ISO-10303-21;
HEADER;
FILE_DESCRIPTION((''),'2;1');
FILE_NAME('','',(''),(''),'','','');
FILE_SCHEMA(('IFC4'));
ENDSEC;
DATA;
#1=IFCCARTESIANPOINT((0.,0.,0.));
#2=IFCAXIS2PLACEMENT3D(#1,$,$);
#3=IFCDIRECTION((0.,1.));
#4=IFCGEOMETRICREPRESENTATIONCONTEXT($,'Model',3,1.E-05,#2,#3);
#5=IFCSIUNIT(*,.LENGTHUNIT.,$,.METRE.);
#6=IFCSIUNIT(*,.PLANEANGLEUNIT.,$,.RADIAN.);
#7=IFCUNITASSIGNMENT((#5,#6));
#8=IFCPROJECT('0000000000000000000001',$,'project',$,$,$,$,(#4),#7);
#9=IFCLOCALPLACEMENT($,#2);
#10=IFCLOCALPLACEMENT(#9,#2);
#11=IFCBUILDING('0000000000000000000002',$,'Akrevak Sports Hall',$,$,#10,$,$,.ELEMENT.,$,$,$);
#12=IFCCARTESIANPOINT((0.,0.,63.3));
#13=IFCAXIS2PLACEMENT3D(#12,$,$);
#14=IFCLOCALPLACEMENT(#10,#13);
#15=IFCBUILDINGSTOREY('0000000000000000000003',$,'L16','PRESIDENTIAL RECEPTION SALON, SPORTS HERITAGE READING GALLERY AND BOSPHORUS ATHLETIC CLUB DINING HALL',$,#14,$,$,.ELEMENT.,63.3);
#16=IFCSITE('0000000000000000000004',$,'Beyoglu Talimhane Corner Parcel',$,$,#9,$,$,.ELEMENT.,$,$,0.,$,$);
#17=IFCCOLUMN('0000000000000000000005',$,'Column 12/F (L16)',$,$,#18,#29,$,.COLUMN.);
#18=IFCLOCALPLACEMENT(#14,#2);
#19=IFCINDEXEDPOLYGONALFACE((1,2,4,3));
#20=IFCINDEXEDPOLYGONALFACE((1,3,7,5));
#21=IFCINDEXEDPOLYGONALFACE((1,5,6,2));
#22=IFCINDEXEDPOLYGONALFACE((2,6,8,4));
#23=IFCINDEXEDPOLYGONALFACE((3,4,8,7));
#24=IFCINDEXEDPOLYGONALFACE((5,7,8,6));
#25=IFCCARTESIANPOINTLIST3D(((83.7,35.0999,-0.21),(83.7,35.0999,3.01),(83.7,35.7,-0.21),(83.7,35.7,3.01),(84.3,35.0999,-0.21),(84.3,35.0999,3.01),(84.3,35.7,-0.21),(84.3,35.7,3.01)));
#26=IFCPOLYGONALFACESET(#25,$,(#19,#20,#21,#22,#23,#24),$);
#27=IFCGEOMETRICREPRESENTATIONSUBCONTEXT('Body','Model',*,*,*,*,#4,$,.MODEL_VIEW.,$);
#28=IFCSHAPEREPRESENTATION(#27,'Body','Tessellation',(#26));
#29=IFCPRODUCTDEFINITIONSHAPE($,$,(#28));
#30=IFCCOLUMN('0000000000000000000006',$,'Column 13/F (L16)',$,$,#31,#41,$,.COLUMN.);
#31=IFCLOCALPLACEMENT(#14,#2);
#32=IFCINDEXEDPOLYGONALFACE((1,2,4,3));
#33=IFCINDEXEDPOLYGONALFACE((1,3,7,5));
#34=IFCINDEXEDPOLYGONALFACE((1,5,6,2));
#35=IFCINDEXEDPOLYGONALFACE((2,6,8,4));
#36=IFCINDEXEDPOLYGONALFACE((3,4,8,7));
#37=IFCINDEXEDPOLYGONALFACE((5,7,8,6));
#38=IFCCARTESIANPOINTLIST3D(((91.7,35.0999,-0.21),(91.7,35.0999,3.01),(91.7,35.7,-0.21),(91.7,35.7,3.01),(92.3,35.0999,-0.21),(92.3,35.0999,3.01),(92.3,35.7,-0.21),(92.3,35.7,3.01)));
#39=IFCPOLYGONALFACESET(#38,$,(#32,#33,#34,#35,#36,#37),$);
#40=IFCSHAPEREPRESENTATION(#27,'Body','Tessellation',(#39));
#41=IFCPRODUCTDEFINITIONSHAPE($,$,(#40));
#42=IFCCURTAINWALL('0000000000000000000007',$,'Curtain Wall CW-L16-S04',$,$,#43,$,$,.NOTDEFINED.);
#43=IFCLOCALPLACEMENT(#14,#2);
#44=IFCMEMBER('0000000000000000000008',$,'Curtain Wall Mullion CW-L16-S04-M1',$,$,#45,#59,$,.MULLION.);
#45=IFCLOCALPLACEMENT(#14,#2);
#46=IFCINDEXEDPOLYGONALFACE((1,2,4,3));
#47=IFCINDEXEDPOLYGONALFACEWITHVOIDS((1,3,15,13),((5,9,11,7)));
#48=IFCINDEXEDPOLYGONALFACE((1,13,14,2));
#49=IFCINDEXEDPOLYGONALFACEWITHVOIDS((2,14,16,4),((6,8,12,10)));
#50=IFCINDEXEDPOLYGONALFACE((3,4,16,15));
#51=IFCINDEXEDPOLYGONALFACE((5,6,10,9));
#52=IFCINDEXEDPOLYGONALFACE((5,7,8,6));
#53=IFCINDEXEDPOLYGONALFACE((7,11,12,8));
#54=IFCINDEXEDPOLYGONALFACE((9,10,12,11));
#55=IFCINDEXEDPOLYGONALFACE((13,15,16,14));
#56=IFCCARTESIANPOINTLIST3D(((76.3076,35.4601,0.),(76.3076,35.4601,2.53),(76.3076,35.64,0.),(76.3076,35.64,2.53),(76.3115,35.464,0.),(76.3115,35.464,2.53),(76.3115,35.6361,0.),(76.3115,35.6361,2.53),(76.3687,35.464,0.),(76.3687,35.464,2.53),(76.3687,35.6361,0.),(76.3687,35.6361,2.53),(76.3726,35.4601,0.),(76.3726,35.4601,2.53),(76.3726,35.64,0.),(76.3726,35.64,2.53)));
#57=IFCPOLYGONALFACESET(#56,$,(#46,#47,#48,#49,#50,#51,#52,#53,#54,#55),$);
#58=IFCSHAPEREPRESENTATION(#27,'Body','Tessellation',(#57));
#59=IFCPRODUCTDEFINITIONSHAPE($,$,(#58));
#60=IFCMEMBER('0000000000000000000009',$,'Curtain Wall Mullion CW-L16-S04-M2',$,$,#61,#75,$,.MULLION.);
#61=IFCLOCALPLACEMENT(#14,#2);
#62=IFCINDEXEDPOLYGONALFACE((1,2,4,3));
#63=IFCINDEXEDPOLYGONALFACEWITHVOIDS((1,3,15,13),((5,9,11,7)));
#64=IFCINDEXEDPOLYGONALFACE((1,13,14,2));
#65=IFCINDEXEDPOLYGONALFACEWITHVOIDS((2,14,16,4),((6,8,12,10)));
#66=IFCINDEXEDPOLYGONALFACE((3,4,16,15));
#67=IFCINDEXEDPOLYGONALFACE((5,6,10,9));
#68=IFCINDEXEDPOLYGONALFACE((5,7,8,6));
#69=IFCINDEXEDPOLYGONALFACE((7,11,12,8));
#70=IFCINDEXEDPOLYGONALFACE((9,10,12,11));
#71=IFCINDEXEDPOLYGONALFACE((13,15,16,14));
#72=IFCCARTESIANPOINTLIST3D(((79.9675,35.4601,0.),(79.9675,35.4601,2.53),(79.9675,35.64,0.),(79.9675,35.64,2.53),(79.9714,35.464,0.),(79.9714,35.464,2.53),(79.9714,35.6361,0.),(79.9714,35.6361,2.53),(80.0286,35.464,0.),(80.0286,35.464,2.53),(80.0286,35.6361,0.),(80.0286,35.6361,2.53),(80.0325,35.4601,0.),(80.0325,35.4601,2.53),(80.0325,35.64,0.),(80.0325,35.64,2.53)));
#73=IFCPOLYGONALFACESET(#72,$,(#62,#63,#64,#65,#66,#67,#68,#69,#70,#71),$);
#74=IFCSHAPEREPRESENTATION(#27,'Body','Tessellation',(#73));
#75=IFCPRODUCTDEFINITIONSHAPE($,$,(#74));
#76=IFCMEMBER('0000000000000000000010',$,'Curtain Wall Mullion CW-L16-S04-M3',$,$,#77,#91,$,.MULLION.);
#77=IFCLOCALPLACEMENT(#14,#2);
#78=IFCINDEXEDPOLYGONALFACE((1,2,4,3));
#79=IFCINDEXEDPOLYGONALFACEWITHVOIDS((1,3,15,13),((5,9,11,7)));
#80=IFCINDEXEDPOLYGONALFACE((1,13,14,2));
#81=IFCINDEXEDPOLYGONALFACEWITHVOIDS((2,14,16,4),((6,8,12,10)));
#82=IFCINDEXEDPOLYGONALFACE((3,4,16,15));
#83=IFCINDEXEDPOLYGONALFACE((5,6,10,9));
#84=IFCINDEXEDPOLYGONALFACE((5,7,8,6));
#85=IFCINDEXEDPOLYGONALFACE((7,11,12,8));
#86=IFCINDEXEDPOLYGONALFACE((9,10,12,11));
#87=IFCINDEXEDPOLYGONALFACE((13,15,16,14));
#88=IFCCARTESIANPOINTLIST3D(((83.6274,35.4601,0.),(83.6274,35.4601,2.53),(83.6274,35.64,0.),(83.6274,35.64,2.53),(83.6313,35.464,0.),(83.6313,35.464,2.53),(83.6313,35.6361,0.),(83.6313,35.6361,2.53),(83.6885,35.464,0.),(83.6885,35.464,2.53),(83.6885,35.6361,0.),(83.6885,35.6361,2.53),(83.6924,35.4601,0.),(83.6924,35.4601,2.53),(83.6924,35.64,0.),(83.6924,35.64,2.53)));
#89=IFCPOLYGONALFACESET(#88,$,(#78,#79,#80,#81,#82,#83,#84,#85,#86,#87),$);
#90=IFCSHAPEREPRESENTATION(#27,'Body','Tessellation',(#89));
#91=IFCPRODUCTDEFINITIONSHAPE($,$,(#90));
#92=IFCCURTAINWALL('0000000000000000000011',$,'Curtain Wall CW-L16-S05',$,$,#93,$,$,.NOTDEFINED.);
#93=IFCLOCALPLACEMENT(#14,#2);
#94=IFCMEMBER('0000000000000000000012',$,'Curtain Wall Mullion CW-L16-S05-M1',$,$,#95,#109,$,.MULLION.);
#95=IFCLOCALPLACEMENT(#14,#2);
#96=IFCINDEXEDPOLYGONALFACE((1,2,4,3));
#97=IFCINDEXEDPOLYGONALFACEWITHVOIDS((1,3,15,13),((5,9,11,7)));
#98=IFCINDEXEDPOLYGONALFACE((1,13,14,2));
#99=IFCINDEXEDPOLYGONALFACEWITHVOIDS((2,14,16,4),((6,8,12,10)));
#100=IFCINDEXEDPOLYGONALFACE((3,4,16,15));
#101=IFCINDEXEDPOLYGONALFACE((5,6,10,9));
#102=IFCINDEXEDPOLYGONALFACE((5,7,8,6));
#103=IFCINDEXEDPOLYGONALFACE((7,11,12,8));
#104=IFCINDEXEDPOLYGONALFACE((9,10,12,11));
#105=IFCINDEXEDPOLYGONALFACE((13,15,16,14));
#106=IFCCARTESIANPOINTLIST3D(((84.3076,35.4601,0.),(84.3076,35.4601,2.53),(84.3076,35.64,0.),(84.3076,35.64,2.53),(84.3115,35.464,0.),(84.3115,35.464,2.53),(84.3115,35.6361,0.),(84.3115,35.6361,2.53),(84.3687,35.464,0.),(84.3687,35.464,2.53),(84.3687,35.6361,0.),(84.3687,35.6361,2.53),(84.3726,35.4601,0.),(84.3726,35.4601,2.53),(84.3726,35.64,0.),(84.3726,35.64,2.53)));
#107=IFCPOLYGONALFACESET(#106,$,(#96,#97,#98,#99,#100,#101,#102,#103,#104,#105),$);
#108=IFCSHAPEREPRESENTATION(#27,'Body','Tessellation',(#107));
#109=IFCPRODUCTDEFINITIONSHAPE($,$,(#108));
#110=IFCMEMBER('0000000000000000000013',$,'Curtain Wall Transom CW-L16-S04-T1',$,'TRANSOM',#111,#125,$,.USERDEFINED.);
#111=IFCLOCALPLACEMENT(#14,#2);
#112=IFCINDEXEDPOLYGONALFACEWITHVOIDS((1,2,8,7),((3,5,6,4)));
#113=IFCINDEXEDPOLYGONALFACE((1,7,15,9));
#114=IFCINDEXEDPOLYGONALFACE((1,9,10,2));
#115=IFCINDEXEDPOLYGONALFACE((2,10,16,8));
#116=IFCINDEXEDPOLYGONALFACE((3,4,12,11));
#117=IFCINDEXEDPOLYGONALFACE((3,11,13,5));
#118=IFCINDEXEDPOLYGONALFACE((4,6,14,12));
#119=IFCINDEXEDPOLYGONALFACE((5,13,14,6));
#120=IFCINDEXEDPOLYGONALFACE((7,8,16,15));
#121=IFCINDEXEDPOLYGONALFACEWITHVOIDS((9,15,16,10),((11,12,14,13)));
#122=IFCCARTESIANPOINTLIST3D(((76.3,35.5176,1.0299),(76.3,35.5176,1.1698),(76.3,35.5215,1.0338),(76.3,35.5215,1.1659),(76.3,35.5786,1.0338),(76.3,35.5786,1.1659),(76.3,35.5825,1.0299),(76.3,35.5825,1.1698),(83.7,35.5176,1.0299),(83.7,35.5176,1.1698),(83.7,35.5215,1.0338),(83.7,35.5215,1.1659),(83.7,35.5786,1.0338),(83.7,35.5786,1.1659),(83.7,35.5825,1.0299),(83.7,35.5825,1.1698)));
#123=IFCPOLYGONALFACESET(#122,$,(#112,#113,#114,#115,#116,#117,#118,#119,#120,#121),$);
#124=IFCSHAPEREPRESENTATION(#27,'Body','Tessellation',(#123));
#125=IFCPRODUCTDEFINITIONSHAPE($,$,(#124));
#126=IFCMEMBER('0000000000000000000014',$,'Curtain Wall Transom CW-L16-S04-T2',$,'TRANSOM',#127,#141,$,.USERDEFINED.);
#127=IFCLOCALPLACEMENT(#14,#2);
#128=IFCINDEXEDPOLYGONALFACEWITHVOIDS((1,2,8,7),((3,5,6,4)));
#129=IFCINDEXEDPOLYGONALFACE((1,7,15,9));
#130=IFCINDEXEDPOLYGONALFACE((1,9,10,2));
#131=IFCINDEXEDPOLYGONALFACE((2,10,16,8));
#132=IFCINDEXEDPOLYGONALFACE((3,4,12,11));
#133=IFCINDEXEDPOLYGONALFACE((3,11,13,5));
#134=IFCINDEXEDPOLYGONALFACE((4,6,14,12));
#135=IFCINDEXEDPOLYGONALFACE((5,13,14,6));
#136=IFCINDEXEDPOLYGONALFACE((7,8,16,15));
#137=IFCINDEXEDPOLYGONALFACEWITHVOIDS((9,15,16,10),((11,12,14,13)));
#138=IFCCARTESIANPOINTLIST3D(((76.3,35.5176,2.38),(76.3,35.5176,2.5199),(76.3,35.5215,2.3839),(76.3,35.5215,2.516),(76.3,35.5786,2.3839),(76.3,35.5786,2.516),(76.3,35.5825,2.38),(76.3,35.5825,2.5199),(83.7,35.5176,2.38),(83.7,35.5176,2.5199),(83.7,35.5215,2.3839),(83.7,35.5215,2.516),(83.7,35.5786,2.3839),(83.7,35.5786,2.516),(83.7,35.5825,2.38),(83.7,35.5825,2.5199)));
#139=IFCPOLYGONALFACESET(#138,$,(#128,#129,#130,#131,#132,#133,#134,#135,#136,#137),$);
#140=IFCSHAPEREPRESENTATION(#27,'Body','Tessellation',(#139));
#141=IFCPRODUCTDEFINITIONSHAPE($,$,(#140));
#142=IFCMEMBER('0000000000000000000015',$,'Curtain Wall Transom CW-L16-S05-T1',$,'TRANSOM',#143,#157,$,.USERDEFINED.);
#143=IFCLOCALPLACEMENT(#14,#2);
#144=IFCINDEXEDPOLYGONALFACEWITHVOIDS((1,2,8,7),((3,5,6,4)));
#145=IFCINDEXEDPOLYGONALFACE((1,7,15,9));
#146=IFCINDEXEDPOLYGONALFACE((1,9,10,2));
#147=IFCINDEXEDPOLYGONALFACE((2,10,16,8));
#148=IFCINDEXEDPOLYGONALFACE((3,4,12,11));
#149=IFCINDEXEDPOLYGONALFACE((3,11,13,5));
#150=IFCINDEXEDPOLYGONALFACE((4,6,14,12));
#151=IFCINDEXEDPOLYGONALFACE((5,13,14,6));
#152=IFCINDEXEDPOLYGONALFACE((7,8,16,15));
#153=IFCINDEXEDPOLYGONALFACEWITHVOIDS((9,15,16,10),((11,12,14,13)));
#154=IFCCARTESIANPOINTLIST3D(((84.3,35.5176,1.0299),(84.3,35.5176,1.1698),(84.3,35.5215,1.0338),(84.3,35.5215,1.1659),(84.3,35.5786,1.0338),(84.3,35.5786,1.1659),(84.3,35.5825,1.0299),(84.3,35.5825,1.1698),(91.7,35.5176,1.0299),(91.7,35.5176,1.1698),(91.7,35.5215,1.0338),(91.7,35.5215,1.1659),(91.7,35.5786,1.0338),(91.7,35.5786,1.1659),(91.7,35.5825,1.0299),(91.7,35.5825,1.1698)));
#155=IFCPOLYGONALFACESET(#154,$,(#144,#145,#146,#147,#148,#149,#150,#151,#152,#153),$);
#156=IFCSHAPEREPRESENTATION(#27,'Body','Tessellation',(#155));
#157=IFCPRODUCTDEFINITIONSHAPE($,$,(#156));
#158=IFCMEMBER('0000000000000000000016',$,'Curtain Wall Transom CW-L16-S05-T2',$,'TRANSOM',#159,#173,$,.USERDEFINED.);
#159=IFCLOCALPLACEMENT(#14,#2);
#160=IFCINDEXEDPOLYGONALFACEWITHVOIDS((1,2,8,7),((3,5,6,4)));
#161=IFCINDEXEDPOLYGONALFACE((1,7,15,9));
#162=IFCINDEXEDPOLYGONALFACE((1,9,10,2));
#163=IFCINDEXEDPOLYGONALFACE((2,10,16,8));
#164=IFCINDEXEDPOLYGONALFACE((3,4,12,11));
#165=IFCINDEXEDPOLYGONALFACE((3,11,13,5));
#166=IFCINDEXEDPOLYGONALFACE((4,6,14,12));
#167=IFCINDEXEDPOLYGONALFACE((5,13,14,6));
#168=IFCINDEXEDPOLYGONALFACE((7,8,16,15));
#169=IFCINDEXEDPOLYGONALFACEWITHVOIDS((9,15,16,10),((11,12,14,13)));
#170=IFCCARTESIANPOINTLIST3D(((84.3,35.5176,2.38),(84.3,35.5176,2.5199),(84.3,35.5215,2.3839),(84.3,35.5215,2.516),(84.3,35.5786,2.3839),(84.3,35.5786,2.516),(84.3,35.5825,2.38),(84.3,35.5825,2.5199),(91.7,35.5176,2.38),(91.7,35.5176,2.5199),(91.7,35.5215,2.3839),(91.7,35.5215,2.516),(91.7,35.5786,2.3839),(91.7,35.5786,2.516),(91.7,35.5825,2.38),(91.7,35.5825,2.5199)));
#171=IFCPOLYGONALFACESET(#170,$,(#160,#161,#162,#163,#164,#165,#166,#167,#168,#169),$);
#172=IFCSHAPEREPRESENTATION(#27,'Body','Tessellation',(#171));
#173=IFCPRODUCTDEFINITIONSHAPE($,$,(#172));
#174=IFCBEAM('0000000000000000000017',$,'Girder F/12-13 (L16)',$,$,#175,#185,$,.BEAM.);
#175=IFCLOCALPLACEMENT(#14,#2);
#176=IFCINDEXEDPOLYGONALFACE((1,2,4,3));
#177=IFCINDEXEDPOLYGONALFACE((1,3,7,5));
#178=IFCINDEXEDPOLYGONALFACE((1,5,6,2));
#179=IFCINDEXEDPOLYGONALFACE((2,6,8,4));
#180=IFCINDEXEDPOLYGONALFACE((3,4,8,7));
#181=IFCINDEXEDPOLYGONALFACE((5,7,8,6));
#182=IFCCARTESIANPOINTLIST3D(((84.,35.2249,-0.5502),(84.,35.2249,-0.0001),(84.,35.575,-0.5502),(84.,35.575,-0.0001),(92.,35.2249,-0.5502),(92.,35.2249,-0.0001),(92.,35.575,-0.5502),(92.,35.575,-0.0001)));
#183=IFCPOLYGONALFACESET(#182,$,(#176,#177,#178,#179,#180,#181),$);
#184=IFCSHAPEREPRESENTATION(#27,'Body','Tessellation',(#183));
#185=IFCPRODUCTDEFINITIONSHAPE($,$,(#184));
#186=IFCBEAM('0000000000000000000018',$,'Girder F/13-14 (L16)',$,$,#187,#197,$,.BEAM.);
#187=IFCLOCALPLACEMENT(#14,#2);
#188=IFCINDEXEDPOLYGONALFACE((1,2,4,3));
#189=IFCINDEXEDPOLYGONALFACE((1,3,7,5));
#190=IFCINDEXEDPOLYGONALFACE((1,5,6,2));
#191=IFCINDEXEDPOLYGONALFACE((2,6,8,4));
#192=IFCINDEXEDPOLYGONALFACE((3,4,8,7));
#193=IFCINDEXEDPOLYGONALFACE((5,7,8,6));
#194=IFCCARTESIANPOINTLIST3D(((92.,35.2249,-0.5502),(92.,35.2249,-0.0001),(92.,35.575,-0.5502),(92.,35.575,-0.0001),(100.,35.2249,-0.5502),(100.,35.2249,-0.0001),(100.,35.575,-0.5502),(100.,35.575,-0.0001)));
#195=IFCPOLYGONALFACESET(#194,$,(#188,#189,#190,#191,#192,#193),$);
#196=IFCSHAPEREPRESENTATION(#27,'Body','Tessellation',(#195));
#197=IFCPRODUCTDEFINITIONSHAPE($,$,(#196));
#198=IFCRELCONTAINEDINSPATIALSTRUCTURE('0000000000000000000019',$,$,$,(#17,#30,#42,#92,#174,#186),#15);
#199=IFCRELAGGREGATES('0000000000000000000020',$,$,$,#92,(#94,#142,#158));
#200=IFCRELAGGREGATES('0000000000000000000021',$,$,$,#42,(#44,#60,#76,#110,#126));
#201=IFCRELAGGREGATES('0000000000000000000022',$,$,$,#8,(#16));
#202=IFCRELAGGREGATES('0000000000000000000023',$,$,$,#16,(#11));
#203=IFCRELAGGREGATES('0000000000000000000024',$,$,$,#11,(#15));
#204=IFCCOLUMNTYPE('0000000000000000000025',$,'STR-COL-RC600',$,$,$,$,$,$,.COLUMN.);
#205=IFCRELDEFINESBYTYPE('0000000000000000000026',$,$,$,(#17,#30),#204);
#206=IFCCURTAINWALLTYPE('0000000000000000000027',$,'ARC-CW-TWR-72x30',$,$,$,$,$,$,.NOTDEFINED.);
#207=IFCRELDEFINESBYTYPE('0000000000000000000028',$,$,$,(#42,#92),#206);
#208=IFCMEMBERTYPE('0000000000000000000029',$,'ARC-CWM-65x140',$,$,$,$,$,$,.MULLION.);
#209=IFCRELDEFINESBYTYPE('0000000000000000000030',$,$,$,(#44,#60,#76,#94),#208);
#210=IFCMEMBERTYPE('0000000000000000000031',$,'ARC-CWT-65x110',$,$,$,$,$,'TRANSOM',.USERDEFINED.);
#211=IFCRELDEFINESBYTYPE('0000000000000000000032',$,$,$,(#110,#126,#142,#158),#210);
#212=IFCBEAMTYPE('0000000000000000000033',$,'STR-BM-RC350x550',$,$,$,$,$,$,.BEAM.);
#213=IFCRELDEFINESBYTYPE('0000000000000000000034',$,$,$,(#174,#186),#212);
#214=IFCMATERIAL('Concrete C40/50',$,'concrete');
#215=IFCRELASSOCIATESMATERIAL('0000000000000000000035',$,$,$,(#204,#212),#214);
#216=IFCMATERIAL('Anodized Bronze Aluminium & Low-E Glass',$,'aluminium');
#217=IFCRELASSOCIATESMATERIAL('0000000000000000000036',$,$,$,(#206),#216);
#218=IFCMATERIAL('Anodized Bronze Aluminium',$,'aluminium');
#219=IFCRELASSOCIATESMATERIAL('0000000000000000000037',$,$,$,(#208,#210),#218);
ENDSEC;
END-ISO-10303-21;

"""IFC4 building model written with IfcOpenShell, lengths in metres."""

from ifc_helpers import new_model, si_unit, direction, frame, origin, origin_2d, place, context, subcontext, project, spatial, rectangle, hollow_rectangle, extrude, material, material_profile, profile_set, type_object, element, aggregate, save


model = new_model("IFC4")

# Units and contexts
model_context = context("Model", 3, precision=1e-05, world=origin(), true_north=direction((0.0, 1.0)))
body_context = subcontext(model_context, "Body", "Model", "MODEL_VIEW")
ifc_project = project(units=[si_unit("LENGTHUNIT", "METRE"), si_unit("PLANEANGLEUNIT", "RADIAN")], contexts=[model_context])

# Site, building, storey
site_placement = place(None, origin())
site = spatial("IfcSite", under=ifc_project, at=site_placement, Name="Beyoglu Talimhane Corner Parcel", CompositionType="ELEMENT", RefElevation=0.0)
building_placement = place(site_placement, origin())
building = spatial("IfcBuilding", under=site, at=building_placement, Name="Akrevak Sports Hall", CompositionType="ELEMENT")
storey_placement = place(building_placement, frame((0.0, 0.0, 63.3)))
storey = spatial("IfcBuildingStorey", under=building, at=storey_placement, Name="L16", Description="PRESIDENTIAL RECEPTION SALON, SPORTS HERITAGE READING GALLERY AND BOSPHORUS ATHLETIC CLUB DINING HALL", CompositionType="ELEMENT", Elevation=63.3)

# Columns
ifc_material_1 = material(Name="Concrete C40/50", Category="concrete")
ifc_material_profile_1 = material_profile(ifc_material_1, rectangle(XDim=0.6001, YDim=0.6001, at=origin_2d()), Name="RC 600x600", Category="concrete")
ifc_profile_set_1 = profile_set([ifc_material_profile_1], Name="Concrete C40/50")
column_type = type_object("IfcColumnType", Name="STR-COL-RC600", PredefinedType="COLUMN", material=ifc_profile_set_1)
for number, where, z_axis, x_axis, name in (
    (1, (84.0, 35.3999, -0.21), (0.0, 0.0, 1.0), (1.0, 0.0, 0.0), "Column 12/F (L16)"),
    (2, (92.0, 35.3999, -0.21), (0.0, 0.0, 1.0), (1.0, 0.0, 0.0), "Column 13/F (L16)"),
):
    element("IfcColumn", number, at=place(storey_placement, frame(where, z_axis=z_axis, x_axis=x_axis)), inside=storey, type_object=column_type, Name=name, PredefinedType="COLUMN", context=body_context, shape_type="SweptSolid", body=[
        extrude(rectangle(XDim=0.6001, YDim=0.6001, at=origin_2d()), origin(), (0.0, 0.0, 1.0), 3.22),
    ])

# Curtain wall, members
ifc_material_2 = material(Name="Anodized Bronze Aluminium & Low-E Glass", Category="aluminium")
curtain_wall_type = type_object("IfcCurtainWallType", Name="ARC-CW-TWR-72x30", PredefinedType="NOTDEFINED", material=ifc_material_2)
curtain_wall_1_placement = place(storey_placement, origin())
curtain_wall_1 = element("IfcCurtainWall", 3, at=curtain_wall_1_placement, inside=storey, type_object=curtain_wall_type, Name="Curtain Wall CW-L16-S04", PredefinedType="NOTDEFINED")
ifc_material_3 = material(Name="Anodized Bronze Aluminium", Category="aluminium")
ifc_material_profile_2 = material_profile(ifc_material_3, hollow_rectangle(XDim=0.0649, YDim=0.1799, WallThickness=0.0039, at=origin_2d()), Name="CWM 65x180", Category="aluminium")
ifc_profile_set_2 = profile_set([ifc_material_profile_2], Name="Anodized Bronze Aluminium")
member_type_1 = type_object("IfcMemberType", Name="ARC-CWM-65x140", PredefinedType="MULLION", material=ifc_profile_set_2)
member_1_placement = place(storey_placement, frame((76.3401, 35.55, 0.0), z_axis=(0.0, 0.0, 1.0), x_axis=(1.0, 0.0, 0.0)))
member_1 = element("IfcMember", 4, at=member_1_placement, type_object=member_type_1, Name="Curtain Wall Mullion CW-L16-S04-M1", PredefinedType="MULLION", context=body_context, shape_type="SweptSolid", body=[
    extrude(hollow_rectangle(XDim=0.0649, YDim=0.1799, WallThickness=0.0039, at=origin_2d()), origin(), (0.0, 0.0, 1.0), 2.53),
])
member_2_placement = place(storey_placement, frame((80.0, 35.55, 0.0), z_axis=(0.0, 0.0, 1.0), x_axis=(1.0, 0.0, 0.0)))
member_2 = element("IfcMember", 5, at=member_2_placement, type_object=member_type_1, Name="Curtain Wall Mullion CW-L16-S04-M2", PredefinedType="MULLION", context=body_context, shape_type="SweptSolid", body=[
    extrude(hollow_rectangle(XDim=0.0649, YDim=0.1799, WallThickness=0.0039, at=origin_2d()), origin(), (0.0, 0.0, 1.0), 2.53),
])
member_3_placement = place(storey_placement, frame((83.6599, 35.55, 0.0), z_axis=(0.0, 0.0, 1.0), x_axis=(1.0, 0.0, 0.0)))
member_3 = element("IfcMember", 6, at=member_3_placement, type_object=member_type_1, Name="Curtain Wall Mullion CW-L16-S04-M3", PredefinedType="MULLION", context=body_context, shape_type="SweptSolid", body=[
    extrude(hollow_rectangle(XDim=0.0649, YDim=0.1799, WallThickness=0.0039, at=origin_2d()), origin(), (0.0, 0.0, 1.0), 2.53),
])

# Curtain wall, member
curtain_wall_2_placement = place(storey_placement, origin())
curtain_wall_2 = element("IfcCurtainWall", 7, at=curtain_wall_2_placement, inside=storey, type_object=curtain_wall_type, Name="Curtain Wall CW-L16-S05", PredefinedType="NOTDEFINED")
member_4_placement = place(storey_placement, frame((84.3401, 35.55, 0.0), z_axis=(0.0, 0.0, 1.0), x_axis=(1.0, 0.0, 0.0)))
member_4 = element("IfcMember", 8, at=member_4_placement, type_object=member_type_1, Name="Curtain Wall Mullion CW-L16-S05-M1", PredefinedType="MULLION", context=body_context, shape_type="SweptSolid", body=[
    extrude(hollow_rectangle(XDim=0.0649, YDim=0.1799, WallThickness=0.0039, at=origin_2d()), origin(), (0.0, 0.0, 1.0), 2.53),
])

# Members
ifc_material_profile_3 = material_profile(ifc_material_3, hollow_rectangle(XDim=0.0649, YDim=0.1399, WallThickness=0.0039, at=origin_2d()), Name="CWT 65x140", Category="aluminium")
ifc_profile_set_3 = profile_set([ifc_material_profile_3], Name="Anodized Bronze Aluminium")
member_type_2 = type_object("IfcMemberType", Name="ARC-CWT-65x110", ElementType="TRANSOM", PredefinedType="USERDEFINED", material=ifc_profile_set_3)
member_5_placement = place(storey_placement, frame((76.3, 35.55, 1.0999), z_axis=(1.0, 0.0, 0.0), x_axis=(0.0, 1.0, 0.0)))
member_5 = element("IfcMember", 9, at=member_5_placement, type_object=member_type_2, Name="Curtain Wall Transom CW-L16-S04-T1", ObjectType="TRANSOM", PredefinedType="USERDEFINED", context=body_context, shape_type="SweptSolid", body=[
    extrude(hollow_rectangle(XDim=0.0649, YDim=0.1399, WallThickness=0.0039, at=origin_2d()), origin(), (0.0, 0.0, 1.0), 7.3999),
])
member_6_placement = place(storey_placement, frame((76.3, 35.55, 2.45), z_axis=(1.0, 0.0, 0.0), x_axis=(0.0, 1.0, 0.0)))
member_6 = element("IfcMember", 10, at=member_6_placement, type_object=member_type_2, Name="Curtain Wall Transom CW-L16-S04-T2", ObjectType="TRANSOM", PredefinedType="USERDEFINED", context=body_context, shape_type="SweptSolid", body=[
    extrude(hollow_rectangle(XDim=0.0649, YDim=0.1399, WallThickness=0.0039, at=origin_2d()), origin(), (0.0, 0.0, 1.0), 7.3999),
])
member_7_placement = place(storey_placement, frame((84.3, 35.55, 1.0999), z_axis=(1.0, 0.0, 0.0), x_axis=(0.0, 1.0, 0.0)))
member_7 = element("IfcMember", 11, at=member_7_placement, type_object=member_type_2, Name="Curtain Wall Transom CW-L16-S05-T1", ObjectType="TRANSOM", PredefinedType="USERDEFINED", context=body_context, shape_type="SweptSolid", body=[
    extrude(hollow_rectangle(XDim=0.0649, YDim=0.1399, WallThickness=0.0039, at=origin_2d()), origin(), (0.0, 0.0, 1.0), 7.3999),
])
member_8_placement = place(storey_placement, frame((84.3, 35.55, 2.45), z_axis=(1.0, 0.0, 0.0), x_axis=(0.0, 1.0, 0.0)))
member_8 = element("IfcMember", 12, at=member_8_placement, type_object=member_type_2, Name="Curtain Wall Transom CW-L16-S05-T2", ObjectType="TRANSOM", PredefinedType="USERDEFINED", context=body_context, shape_type="SweptSolid", body=[
    extrude(hollow_rectangle(XDim=0.0649, YDim=0.1399, WallThickness=0.0039, at=origin_2d()), origin(), (0.0, 0.0, 1.0), 7.3999),
])

# Beams
ifc_material_profile_4 = material_profile(ifc_material_1, rectangle(XDim=0.3501, YDim=0.55, at=origin_2d()), Name="BM 350x550", Category="concrete")
ifc_profile_set_4 = profile_set([ifc_material_profile_4], Name="Concrete C40/50")
beam_type = type_object("IfcBeamType", Name="STR-BM-RC350x550", PredefinedType="BEAM", material=ifc_profile_set_4)
for number, where, z_axis, x_axis, name in (
    (13, (84.0, 35.3999, -0.2751), (1.0, 0.0, 0.0), (0.0, 1.0, 0.0), "Girder F/12-13 (L16)"),
    (14, (92.0, 35.3999, -0.2751), (1.0, 0.0, 0.0), (0.0, 1.0, 0.0), "Girder F/13-14 (L16)"),
):
    element("IfcBeam", number, at=place(storey_placement, frame(where, z_axis=z_axis, x_axis=x_axis)), inside=storey, type_object=beam_type, Name=name, PredefinedType="BEAM", context=body_context, shape_type="SweptSolid", body=[
        extrude(rectangle(XDim=0.3501, YDim=0.55, at=origin_2d()), origin(), (0.0, 0.0, 1.0), 8.0),
    ])

aggregate(curtain_wall_2, [member_4, member_7, member_8])
aggregate(curtain_wall_1, [member_1, member_2, member_3, member_5, member_6])

save(model, "model.ifc")
